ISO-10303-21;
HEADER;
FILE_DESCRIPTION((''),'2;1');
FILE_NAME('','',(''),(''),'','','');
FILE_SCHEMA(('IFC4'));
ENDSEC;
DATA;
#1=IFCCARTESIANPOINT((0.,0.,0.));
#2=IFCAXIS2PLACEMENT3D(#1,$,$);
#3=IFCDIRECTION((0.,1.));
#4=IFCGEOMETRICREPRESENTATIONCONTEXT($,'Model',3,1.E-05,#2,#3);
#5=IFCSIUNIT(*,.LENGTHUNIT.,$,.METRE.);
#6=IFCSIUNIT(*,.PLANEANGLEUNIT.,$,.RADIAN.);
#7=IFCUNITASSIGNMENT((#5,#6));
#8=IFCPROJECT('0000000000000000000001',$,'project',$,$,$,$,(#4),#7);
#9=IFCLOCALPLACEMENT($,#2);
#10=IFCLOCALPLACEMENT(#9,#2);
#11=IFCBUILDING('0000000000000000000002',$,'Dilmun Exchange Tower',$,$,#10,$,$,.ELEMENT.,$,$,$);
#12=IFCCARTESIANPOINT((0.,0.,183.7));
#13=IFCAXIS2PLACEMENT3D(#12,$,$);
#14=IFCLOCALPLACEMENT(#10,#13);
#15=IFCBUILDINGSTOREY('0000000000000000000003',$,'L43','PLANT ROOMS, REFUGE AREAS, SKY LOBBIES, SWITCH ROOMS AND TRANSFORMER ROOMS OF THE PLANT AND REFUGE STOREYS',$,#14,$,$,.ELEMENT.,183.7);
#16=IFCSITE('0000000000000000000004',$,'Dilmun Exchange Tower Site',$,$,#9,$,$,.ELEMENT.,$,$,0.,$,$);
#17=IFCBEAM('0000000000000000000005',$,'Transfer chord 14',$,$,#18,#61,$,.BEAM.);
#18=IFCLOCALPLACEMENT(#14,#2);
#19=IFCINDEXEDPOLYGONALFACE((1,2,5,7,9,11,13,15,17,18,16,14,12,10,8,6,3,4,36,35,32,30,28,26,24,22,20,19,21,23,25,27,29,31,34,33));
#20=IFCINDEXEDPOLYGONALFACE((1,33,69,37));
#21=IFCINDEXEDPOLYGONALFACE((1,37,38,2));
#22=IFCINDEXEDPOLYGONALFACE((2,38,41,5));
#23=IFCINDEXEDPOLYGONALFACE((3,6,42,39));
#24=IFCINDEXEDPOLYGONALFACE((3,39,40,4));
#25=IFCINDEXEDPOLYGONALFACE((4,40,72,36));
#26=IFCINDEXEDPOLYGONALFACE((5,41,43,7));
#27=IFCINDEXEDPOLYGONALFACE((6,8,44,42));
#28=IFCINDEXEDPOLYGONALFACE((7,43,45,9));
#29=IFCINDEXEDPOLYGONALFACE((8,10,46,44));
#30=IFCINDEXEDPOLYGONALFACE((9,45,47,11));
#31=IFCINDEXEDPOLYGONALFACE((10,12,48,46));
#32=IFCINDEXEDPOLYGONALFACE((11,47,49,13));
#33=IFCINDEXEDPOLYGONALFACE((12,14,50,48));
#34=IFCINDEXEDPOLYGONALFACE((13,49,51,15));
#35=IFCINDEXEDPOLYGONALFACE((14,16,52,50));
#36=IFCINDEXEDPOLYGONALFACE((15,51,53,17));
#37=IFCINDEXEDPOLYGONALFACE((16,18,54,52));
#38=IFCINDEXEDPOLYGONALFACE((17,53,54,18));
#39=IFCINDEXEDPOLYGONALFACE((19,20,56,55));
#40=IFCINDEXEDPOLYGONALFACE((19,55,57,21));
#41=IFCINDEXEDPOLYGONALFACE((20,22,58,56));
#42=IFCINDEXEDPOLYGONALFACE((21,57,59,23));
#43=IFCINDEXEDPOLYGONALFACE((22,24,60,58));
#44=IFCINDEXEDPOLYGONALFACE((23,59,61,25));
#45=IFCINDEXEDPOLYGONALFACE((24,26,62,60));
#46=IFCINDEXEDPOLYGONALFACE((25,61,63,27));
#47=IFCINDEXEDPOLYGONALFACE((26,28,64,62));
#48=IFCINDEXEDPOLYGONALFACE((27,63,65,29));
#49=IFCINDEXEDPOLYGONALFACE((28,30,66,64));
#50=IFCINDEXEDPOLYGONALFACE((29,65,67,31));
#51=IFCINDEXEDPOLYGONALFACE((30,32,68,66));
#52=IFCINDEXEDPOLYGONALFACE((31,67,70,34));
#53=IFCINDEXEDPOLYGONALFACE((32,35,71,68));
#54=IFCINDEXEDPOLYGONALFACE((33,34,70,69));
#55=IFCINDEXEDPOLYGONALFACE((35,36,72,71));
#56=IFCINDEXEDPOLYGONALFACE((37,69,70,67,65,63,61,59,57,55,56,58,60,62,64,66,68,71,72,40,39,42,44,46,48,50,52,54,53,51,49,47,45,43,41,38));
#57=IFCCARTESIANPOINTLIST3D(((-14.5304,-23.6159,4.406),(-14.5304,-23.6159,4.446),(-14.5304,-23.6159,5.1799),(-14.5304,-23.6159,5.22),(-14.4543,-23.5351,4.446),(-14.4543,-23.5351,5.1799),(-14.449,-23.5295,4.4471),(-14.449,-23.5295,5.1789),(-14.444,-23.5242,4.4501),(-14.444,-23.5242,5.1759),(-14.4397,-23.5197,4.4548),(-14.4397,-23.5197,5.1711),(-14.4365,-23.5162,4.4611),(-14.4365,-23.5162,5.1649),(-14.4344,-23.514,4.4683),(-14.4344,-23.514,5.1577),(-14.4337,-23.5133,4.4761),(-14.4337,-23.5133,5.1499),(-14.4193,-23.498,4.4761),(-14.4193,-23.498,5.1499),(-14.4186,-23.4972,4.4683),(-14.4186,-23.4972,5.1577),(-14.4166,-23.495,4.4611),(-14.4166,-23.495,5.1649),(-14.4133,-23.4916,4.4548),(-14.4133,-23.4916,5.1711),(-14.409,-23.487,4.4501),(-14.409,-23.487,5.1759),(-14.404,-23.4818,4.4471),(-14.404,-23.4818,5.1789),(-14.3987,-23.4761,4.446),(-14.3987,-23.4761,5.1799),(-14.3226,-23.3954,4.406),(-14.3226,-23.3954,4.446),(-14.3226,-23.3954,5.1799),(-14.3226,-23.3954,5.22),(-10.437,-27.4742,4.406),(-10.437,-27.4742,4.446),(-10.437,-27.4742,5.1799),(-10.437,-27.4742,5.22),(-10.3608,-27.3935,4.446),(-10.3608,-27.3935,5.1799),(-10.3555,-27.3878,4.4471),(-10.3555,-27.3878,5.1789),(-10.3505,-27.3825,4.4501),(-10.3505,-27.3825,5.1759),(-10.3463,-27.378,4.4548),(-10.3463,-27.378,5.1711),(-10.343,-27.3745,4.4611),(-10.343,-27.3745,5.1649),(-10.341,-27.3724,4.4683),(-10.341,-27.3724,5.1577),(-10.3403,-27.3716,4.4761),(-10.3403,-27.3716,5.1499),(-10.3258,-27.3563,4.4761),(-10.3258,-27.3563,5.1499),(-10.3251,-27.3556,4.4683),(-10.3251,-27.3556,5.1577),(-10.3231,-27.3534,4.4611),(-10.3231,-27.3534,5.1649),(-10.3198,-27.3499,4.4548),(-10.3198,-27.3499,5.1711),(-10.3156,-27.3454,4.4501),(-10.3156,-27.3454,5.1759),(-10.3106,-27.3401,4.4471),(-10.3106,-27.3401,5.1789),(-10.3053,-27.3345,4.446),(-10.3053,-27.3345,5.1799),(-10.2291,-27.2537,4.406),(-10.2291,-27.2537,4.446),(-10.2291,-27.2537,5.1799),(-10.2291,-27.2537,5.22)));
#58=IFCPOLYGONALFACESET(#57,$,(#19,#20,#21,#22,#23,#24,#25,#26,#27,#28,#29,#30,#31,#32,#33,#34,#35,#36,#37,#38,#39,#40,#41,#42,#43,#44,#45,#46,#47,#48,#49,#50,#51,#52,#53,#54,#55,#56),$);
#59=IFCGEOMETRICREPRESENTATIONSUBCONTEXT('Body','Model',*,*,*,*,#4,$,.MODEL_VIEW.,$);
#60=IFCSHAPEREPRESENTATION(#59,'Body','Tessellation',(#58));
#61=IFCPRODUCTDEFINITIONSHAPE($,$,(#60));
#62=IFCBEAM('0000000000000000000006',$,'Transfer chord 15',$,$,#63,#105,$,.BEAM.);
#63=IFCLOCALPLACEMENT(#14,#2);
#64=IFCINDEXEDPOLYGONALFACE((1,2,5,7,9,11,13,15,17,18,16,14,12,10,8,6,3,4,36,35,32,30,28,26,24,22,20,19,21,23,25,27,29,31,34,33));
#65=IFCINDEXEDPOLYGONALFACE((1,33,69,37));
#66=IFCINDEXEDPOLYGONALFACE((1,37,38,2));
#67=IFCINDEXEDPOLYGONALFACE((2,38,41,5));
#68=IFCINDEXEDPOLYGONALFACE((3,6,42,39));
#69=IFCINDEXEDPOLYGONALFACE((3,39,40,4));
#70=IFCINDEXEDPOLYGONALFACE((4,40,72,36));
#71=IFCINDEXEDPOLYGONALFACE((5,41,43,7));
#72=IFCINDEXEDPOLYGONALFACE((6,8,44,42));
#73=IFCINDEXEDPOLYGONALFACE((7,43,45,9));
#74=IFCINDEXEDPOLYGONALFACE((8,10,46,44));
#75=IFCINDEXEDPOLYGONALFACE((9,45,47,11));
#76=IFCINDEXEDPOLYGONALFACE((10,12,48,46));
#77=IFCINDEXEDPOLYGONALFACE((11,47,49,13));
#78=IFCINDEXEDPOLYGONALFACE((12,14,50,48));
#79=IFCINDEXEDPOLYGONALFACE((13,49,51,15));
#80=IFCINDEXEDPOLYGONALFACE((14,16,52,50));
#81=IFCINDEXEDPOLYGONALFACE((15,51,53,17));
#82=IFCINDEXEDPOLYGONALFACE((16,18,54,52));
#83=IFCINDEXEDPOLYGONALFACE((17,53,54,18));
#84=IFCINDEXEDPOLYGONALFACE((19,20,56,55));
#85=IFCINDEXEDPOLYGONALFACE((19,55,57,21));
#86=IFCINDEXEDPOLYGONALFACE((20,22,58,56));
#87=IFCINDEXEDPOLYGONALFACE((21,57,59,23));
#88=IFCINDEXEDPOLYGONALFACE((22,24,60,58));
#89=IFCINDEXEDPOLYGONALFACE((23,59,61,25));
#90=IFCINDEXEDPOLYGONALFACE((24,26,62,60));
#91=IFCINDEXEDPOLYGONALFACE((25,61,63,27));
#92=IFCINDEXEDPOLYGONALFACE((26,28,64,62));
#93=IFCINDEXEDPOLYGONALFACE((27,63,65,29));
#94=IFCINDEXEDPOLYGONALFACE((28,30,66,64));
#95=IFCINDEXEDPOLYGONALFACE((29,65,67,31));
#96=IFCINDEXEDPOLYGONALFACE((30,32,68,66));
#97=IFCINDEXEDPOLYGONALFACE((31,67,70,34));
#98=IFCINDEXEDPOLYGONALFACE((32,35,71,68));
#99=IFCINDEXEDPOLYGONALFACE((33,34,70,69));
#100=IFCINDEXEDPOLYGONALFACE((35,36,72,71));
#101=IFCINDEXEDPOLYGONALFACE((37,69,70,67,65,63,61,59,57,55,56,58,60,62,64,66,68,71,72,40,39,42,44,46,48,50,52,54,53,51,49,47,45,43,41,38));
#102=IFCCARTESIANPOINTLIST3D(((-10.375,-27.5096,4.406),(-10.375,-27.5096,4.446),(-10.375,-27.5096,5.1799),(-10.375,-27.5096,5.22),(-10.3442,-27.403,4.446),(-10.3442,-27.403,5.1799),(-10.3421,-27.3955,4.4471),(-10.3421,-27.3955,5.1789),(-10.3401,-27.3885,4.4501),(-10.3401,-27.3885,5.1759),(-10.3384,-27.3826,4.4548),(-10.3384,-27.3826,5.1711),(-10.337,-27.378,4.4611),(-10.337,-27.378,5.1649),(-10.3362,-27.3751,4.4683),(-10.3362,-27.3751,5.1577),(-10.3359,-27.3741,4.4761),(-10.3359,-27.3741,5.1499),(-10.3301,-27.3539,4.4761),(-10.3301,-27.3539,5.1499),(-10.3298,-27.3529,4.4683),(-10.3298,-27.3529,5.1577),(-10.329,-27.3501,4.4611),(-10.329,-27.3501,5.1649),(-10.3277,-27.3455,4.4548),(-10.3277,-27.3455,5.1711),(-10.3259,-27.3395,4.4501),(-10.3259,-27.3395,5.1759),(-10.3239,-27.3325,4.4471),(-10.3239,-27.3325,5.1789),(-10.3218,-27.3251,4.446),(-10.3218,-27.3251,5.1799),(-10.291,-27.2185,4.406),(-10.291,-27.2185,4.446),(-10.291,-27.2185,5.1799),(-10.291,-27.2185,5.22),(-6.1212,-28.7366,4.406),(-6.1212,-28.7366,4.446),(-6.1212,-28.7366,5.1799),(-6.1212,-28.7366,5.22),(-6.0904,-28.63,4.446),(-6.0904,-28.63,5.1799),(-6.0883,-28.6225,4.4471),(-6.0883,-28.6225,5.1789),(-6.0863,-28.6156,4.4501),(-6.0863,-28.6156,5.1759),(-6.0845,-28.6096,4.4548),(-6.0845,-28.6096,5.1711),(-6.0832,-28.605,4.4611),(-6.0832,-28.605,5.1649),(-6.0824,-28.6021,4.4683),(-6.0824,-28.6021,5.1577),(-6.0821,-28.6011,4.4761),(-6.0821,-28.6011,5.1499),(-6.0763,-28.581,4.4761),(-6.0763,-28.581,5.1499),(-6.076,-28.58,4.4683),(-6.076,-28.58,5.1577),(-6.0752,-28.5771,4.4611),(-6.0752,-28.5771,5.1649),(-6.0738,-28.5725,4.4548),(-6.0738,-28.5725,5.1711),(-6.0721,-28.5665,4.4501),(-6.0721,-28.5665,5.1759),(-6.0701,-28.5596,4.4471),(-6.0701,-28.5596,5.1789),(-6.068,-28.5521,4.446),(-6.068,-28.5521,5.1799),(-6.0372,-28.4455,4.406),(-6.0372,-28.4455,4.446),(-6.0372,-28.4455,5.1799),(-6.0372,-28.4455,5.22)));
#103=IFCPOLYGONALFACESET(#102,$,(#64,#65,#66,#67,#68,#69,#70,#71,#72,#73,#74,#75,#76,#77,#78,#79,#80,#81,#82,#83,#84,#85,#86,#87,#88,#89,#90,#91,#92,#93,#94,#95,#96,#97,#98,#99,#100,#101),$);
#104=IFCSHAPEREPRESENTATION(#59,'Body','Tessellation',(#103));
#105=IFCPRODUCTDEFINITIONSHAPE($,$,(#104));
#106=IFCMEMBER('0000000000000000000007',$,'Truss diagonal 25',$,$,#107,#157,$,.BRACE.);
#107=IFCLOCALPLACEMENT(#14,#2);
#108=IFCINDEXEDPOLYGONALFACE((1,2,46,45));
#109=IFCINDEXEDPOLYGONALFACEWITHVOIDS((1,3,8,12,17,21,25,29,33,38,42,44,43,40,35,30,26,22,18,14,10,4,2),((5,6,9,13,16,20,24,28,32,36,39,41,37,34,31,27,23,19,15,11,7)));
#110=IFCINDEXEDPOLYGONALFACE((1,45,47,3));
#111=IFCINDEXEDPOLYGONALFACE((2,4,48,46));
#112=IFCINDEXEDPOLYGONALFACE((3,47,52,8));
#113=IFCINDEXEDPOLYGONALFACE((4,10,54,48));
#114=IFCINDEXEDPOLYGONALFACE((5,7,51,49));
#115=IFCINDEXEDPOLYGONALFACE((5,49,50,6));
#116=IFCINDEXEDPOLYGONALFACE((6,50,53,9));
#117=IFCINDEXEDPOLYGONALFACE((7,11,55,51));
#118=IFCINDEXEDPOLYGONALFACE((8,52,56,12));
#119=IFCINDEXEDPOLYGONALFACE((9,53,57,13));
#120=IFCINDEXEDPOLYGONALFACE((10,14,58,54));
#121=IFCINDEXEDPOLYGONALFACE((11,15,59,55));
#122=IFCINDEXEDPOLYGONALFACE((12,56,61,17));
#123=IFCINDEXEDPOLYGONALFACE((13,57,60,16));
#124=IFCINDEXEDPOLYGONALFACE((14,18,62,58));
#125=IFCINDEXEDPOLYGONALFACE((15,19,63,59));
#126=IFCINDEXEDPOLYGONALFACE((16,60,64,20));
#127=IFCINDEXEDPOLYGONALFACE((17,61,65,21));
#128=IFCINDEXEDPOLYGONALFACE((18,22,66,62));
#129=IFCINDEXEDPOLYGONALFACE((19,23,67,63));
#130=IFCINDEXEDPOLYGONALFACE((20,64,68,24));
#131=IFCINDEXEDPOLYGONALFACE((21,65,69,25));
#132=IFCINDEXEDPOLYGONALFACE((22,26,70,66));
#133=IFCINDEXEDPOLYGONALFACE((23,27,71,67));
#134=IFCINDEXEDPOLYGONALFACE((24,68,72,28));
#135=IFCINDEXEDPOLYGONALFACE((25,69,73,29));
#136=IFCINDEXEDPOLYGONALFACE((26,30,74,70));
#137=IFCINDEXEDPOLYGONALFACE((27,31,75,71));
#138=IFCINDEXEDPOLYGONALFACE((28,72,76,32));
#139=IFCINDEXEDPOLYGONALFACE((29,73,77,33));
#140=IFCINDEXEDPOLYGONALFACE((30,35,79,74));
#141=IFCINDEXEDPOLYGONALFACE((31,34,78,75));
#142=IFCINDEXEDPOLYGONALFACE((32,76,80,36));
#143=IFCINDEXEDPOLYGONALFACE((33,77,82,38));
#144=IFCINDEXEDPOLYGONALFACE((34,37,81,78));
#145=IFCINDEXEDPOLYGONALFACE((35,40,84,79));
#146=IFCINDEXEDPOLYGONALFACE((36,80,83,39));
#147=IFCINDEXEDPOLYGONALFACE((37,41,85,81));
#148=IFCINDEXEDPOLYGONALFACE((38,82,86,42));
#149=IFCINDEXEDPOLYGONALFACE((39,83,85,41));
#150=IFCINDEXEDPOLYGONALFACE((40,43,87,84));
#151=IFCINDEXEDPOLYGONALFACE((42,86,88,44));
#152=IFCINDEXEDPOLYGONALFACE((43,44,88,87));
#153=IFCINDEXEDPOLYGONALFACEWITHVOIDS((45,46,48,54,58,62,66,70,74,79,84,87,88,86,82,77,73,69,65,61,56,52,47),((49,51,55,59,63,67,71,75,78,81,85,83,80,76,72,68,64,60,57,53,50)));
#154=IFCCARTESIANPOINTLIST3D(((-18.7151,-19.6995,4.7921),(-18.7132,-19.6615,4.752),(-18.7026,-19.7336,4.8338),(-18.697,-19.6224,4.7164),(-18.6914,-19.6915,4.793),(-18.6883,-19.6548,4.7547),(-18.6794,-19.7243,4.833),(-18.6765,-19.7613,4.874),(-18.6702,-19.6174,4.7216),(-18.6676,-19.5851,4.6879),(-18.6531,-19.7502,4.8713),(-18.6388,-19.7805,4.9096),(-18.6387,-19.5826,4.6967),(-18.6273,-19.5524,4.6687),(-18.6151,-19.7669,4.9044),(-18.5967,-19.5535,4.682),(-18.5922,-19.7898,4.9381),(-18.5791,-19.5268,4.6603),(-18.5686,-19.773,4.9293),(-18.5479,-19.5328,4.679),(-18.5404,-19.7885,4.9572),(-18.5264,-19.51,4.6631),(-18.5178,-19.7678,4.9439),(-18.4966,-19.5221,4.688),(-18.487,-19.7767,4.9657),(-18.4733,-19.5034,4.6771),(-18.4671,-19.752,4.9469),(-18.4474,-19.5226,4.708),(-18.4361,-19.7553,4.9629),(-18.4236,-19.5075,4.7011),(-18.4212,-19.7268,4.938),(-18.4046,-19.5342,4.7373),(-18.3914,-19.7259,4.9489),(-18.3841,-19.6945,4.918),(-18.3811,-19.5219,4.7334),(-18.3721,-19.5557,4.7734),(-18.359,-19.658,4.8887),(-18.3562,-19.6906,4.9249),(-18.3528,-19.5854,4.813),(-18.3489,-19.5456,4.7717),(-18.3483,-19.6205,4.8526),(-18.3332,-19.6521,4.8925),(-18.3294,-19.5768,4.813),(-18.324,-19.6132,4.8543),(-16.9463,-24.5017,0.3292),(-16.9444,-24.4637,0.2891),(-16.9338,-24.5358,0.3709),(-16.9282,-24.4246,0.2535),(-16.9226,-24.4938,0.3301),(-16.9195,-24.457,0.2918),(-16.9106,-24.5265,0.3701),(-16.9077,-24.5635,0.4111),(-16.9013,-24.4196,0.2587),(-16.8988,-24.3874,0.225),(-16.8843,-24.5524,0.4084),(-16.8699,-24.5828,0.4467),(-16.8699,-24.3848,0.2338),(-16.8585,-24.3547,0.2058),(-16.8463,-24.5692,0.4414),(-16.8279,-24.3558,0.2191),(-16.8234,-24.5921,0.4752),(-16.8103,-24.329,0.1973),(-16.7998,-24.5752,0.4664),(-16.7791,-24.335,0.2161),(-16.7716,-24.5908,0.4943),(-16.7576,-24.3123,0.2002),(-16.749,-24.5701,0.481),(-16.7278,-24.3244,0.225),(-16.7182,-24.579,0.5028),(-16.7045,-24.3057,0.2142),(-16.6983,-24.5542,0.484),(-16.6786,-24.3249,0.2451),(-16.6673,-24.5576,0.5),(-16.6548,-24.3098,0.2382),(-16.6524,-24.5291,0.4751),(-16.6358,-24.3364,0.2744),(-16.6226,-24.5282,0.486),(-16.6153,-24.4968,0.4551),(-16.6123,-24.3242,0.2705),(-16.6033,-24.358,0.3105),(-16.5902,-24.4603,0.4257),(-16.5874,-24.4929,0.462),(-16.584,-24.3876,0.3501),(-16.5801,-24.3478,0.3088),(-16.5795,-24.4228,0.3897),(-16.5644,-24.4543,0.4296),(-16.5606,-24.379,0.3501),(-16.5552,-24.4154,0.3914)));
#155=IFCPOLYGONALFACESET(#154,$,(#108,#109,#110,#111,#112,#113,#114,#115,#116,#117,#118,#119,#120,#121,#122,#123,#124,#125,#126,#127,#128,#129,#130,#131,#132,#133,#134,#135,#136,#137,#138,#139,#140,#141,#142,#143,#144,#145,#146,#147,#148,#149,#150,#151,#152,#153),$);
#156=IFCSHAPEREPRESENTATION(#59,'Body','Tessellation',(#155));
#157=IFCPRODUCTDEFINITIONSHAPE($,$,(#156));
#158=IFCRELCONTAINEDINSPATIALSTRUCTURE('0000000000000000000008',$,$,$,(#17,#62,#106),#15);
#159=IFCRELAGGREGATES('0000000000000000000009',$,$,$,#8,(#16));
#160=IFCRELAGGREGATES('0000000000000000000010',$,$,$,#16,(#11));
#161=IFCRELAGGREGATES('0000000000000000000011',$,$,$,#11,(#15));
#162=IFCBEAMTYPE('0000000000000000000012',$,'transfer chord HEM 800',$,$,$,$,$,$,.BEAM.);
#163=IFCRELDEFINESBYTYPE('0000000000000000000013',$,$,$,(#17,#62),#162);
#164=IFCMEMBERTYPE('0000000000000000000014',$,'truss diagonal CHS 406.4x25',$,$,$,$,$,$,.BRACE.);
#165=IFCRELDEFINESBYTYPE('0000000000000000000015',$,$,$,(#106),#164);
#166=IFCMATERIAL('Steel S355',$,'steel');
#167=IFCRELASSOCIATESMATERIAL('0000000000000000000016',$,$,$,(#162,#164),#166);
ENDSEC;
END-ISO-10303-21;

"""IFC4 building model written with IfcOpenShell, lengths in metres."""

from ifc_helpers import new_model, si_unit, direction, frame, origin, origin_2d, place, context, subcontext, project, spatial, hollow_circle, i_section, extrude, material, material_profile, profile_set, type_object, element, save


model = new_model("IFC4")

# Units and contexts
model_context = context("Model", 3, precision=1e-05, world=origin(), true_north=direction((0.0, 1.0)))
body_context = subcontext(model_context, "Body", "Model", "MODEL_VIEW")
ifc_project = project(units=[si_unit("LENGTHUNIT", "METRE"), si_unit("PLANEANGLEUNIT", "RADIAN")], contexts=[model_context])

# Site, building, storey
site_placement = place(None, origin())
site = spatial("IfcSite", under=ifc_project, at=site_placement, Name="Dilmun Exchange Tower Site", CompositionType="ELEMENT", RefElevation=0.0)
building_placement = place(site_placement, origin())
building = spatial("IfcBuilding", under=site, at=building_placement, Name="Dilmun Exchange Tower", CompositionType="ELEMENT")
storey_placement = place(building_placement, frame((0.0, 0.0, 183.7)))
storey = spatial("IfcBuildingStorey", under=building, at=storey_placement, Name="L43", Description="PLANT ROOMS, REFUGE AREAS, SKY LOBBIES, SWITCH ROOMS AND TRANSFORMER ROOMS OF THE PLANT AND REFUGE STOREYS", CompositionType="ELEMENT", Elevation=183.7)

# Beams
ifc_material_1 = material(Name="Steel S355", Category="steel")
ifc_material_profile_1 = material_profile(ifc_material_1, i_section(OverallWidth=0.303, OverallDepth=0.814, WebThickness=0.021, FlangeThickness=0.04, FilletRadius=0.03, at=origin_2d()), Name="HEM 800")
ifc_profile_set_1 = profile_set([ifc_material_profile_1], Name="Steel S355")
beam_type_1 = type_object("IfcBeamType", Name="transfer chord HEM 800", PredefinedType="BEAM", material=ifc_profile_set_1)
beam_1_placement = place(storey_placement, frame((-14.4265, -23.5056, 4.813), z_axis=(0.727695, -0.685901, 0.0), x_axis=(0.685901, 0.727695, 0.0)))
element("IfcBeam", 1, at=beam_1_placement, inside=storey, type_object=beam_type_1, Name="Transfer chord 14", PredefinedType="BEAM", context=body_context, shape_type="SweptSolid", body=[
    extrude(i_section(OverallWidth=0.303, OverallDepth=0.814, WebThickness=0.021, FlangeThickness=0.04, FilletRadius=0.03, at=origin_2d()), origin(), (0.0, 0.0, 1.0), 5.6252),
])
beam_2_placement = place(storey_placement, frame((-10.333, -27.364, 4.813), z_axis=(0.960826, -0.277153, 0.0), x_axis=(0.277153, 0.960826, 0.0)))
element("IfcBeam", 2, at=beam_2_placement, inside=storey, type_object=beam_type_1, Name="Transfer chord 15", PredefinedType="BEAM", context=body_context, shape_type="SweptSolid", body=[
    extrude(i_section(OverallWidth=0.303, OverallDepth=0.814, WebThickness=0.021, FlangeThickness=0.04, FilletRadius=0.03, at=origin_2d()), origin(), (0.0, 0.0, 1.0), 4.4272),
])

# Member
ifc_material_profile_2 = material_profile(ifc_material_1, hollow_circle(Radius=0.2031, WallThickness=0.0249, at=origin_2d()), Name="CHS 406.4x25")
ifc_profile_set_2 = profile_set([ifc_material_profile_2], Name="Steel S355")
member_type = type_object("IfcMemberType", Name="truss diagonal CHS 406.4x25", PredefinedType="BRACE", material=ifc_profile_set_2)
member_1_placement = place(storey_placement, frame((-18.52, -19.647, 4.813), z_axis=(0.260491, -0.707226, -0.657249), x_axis=(0.938372, 0.345628, 0.0)))
element("IfcMember", 3, at=member_1_placement, inside=storey, type_object=member_type, Name="Truss diagonal 25", PredefinedType="BRACE", context=body_context, shape_type="SweptSolid", body=[
    extrude(hollow_circle(Radius=0.2031, WallThickness=0.0249, at=origin_2d()), origin(), (0.0, 0.0, 1.0), 6.7903),
])

save(model, "model.ifc")
